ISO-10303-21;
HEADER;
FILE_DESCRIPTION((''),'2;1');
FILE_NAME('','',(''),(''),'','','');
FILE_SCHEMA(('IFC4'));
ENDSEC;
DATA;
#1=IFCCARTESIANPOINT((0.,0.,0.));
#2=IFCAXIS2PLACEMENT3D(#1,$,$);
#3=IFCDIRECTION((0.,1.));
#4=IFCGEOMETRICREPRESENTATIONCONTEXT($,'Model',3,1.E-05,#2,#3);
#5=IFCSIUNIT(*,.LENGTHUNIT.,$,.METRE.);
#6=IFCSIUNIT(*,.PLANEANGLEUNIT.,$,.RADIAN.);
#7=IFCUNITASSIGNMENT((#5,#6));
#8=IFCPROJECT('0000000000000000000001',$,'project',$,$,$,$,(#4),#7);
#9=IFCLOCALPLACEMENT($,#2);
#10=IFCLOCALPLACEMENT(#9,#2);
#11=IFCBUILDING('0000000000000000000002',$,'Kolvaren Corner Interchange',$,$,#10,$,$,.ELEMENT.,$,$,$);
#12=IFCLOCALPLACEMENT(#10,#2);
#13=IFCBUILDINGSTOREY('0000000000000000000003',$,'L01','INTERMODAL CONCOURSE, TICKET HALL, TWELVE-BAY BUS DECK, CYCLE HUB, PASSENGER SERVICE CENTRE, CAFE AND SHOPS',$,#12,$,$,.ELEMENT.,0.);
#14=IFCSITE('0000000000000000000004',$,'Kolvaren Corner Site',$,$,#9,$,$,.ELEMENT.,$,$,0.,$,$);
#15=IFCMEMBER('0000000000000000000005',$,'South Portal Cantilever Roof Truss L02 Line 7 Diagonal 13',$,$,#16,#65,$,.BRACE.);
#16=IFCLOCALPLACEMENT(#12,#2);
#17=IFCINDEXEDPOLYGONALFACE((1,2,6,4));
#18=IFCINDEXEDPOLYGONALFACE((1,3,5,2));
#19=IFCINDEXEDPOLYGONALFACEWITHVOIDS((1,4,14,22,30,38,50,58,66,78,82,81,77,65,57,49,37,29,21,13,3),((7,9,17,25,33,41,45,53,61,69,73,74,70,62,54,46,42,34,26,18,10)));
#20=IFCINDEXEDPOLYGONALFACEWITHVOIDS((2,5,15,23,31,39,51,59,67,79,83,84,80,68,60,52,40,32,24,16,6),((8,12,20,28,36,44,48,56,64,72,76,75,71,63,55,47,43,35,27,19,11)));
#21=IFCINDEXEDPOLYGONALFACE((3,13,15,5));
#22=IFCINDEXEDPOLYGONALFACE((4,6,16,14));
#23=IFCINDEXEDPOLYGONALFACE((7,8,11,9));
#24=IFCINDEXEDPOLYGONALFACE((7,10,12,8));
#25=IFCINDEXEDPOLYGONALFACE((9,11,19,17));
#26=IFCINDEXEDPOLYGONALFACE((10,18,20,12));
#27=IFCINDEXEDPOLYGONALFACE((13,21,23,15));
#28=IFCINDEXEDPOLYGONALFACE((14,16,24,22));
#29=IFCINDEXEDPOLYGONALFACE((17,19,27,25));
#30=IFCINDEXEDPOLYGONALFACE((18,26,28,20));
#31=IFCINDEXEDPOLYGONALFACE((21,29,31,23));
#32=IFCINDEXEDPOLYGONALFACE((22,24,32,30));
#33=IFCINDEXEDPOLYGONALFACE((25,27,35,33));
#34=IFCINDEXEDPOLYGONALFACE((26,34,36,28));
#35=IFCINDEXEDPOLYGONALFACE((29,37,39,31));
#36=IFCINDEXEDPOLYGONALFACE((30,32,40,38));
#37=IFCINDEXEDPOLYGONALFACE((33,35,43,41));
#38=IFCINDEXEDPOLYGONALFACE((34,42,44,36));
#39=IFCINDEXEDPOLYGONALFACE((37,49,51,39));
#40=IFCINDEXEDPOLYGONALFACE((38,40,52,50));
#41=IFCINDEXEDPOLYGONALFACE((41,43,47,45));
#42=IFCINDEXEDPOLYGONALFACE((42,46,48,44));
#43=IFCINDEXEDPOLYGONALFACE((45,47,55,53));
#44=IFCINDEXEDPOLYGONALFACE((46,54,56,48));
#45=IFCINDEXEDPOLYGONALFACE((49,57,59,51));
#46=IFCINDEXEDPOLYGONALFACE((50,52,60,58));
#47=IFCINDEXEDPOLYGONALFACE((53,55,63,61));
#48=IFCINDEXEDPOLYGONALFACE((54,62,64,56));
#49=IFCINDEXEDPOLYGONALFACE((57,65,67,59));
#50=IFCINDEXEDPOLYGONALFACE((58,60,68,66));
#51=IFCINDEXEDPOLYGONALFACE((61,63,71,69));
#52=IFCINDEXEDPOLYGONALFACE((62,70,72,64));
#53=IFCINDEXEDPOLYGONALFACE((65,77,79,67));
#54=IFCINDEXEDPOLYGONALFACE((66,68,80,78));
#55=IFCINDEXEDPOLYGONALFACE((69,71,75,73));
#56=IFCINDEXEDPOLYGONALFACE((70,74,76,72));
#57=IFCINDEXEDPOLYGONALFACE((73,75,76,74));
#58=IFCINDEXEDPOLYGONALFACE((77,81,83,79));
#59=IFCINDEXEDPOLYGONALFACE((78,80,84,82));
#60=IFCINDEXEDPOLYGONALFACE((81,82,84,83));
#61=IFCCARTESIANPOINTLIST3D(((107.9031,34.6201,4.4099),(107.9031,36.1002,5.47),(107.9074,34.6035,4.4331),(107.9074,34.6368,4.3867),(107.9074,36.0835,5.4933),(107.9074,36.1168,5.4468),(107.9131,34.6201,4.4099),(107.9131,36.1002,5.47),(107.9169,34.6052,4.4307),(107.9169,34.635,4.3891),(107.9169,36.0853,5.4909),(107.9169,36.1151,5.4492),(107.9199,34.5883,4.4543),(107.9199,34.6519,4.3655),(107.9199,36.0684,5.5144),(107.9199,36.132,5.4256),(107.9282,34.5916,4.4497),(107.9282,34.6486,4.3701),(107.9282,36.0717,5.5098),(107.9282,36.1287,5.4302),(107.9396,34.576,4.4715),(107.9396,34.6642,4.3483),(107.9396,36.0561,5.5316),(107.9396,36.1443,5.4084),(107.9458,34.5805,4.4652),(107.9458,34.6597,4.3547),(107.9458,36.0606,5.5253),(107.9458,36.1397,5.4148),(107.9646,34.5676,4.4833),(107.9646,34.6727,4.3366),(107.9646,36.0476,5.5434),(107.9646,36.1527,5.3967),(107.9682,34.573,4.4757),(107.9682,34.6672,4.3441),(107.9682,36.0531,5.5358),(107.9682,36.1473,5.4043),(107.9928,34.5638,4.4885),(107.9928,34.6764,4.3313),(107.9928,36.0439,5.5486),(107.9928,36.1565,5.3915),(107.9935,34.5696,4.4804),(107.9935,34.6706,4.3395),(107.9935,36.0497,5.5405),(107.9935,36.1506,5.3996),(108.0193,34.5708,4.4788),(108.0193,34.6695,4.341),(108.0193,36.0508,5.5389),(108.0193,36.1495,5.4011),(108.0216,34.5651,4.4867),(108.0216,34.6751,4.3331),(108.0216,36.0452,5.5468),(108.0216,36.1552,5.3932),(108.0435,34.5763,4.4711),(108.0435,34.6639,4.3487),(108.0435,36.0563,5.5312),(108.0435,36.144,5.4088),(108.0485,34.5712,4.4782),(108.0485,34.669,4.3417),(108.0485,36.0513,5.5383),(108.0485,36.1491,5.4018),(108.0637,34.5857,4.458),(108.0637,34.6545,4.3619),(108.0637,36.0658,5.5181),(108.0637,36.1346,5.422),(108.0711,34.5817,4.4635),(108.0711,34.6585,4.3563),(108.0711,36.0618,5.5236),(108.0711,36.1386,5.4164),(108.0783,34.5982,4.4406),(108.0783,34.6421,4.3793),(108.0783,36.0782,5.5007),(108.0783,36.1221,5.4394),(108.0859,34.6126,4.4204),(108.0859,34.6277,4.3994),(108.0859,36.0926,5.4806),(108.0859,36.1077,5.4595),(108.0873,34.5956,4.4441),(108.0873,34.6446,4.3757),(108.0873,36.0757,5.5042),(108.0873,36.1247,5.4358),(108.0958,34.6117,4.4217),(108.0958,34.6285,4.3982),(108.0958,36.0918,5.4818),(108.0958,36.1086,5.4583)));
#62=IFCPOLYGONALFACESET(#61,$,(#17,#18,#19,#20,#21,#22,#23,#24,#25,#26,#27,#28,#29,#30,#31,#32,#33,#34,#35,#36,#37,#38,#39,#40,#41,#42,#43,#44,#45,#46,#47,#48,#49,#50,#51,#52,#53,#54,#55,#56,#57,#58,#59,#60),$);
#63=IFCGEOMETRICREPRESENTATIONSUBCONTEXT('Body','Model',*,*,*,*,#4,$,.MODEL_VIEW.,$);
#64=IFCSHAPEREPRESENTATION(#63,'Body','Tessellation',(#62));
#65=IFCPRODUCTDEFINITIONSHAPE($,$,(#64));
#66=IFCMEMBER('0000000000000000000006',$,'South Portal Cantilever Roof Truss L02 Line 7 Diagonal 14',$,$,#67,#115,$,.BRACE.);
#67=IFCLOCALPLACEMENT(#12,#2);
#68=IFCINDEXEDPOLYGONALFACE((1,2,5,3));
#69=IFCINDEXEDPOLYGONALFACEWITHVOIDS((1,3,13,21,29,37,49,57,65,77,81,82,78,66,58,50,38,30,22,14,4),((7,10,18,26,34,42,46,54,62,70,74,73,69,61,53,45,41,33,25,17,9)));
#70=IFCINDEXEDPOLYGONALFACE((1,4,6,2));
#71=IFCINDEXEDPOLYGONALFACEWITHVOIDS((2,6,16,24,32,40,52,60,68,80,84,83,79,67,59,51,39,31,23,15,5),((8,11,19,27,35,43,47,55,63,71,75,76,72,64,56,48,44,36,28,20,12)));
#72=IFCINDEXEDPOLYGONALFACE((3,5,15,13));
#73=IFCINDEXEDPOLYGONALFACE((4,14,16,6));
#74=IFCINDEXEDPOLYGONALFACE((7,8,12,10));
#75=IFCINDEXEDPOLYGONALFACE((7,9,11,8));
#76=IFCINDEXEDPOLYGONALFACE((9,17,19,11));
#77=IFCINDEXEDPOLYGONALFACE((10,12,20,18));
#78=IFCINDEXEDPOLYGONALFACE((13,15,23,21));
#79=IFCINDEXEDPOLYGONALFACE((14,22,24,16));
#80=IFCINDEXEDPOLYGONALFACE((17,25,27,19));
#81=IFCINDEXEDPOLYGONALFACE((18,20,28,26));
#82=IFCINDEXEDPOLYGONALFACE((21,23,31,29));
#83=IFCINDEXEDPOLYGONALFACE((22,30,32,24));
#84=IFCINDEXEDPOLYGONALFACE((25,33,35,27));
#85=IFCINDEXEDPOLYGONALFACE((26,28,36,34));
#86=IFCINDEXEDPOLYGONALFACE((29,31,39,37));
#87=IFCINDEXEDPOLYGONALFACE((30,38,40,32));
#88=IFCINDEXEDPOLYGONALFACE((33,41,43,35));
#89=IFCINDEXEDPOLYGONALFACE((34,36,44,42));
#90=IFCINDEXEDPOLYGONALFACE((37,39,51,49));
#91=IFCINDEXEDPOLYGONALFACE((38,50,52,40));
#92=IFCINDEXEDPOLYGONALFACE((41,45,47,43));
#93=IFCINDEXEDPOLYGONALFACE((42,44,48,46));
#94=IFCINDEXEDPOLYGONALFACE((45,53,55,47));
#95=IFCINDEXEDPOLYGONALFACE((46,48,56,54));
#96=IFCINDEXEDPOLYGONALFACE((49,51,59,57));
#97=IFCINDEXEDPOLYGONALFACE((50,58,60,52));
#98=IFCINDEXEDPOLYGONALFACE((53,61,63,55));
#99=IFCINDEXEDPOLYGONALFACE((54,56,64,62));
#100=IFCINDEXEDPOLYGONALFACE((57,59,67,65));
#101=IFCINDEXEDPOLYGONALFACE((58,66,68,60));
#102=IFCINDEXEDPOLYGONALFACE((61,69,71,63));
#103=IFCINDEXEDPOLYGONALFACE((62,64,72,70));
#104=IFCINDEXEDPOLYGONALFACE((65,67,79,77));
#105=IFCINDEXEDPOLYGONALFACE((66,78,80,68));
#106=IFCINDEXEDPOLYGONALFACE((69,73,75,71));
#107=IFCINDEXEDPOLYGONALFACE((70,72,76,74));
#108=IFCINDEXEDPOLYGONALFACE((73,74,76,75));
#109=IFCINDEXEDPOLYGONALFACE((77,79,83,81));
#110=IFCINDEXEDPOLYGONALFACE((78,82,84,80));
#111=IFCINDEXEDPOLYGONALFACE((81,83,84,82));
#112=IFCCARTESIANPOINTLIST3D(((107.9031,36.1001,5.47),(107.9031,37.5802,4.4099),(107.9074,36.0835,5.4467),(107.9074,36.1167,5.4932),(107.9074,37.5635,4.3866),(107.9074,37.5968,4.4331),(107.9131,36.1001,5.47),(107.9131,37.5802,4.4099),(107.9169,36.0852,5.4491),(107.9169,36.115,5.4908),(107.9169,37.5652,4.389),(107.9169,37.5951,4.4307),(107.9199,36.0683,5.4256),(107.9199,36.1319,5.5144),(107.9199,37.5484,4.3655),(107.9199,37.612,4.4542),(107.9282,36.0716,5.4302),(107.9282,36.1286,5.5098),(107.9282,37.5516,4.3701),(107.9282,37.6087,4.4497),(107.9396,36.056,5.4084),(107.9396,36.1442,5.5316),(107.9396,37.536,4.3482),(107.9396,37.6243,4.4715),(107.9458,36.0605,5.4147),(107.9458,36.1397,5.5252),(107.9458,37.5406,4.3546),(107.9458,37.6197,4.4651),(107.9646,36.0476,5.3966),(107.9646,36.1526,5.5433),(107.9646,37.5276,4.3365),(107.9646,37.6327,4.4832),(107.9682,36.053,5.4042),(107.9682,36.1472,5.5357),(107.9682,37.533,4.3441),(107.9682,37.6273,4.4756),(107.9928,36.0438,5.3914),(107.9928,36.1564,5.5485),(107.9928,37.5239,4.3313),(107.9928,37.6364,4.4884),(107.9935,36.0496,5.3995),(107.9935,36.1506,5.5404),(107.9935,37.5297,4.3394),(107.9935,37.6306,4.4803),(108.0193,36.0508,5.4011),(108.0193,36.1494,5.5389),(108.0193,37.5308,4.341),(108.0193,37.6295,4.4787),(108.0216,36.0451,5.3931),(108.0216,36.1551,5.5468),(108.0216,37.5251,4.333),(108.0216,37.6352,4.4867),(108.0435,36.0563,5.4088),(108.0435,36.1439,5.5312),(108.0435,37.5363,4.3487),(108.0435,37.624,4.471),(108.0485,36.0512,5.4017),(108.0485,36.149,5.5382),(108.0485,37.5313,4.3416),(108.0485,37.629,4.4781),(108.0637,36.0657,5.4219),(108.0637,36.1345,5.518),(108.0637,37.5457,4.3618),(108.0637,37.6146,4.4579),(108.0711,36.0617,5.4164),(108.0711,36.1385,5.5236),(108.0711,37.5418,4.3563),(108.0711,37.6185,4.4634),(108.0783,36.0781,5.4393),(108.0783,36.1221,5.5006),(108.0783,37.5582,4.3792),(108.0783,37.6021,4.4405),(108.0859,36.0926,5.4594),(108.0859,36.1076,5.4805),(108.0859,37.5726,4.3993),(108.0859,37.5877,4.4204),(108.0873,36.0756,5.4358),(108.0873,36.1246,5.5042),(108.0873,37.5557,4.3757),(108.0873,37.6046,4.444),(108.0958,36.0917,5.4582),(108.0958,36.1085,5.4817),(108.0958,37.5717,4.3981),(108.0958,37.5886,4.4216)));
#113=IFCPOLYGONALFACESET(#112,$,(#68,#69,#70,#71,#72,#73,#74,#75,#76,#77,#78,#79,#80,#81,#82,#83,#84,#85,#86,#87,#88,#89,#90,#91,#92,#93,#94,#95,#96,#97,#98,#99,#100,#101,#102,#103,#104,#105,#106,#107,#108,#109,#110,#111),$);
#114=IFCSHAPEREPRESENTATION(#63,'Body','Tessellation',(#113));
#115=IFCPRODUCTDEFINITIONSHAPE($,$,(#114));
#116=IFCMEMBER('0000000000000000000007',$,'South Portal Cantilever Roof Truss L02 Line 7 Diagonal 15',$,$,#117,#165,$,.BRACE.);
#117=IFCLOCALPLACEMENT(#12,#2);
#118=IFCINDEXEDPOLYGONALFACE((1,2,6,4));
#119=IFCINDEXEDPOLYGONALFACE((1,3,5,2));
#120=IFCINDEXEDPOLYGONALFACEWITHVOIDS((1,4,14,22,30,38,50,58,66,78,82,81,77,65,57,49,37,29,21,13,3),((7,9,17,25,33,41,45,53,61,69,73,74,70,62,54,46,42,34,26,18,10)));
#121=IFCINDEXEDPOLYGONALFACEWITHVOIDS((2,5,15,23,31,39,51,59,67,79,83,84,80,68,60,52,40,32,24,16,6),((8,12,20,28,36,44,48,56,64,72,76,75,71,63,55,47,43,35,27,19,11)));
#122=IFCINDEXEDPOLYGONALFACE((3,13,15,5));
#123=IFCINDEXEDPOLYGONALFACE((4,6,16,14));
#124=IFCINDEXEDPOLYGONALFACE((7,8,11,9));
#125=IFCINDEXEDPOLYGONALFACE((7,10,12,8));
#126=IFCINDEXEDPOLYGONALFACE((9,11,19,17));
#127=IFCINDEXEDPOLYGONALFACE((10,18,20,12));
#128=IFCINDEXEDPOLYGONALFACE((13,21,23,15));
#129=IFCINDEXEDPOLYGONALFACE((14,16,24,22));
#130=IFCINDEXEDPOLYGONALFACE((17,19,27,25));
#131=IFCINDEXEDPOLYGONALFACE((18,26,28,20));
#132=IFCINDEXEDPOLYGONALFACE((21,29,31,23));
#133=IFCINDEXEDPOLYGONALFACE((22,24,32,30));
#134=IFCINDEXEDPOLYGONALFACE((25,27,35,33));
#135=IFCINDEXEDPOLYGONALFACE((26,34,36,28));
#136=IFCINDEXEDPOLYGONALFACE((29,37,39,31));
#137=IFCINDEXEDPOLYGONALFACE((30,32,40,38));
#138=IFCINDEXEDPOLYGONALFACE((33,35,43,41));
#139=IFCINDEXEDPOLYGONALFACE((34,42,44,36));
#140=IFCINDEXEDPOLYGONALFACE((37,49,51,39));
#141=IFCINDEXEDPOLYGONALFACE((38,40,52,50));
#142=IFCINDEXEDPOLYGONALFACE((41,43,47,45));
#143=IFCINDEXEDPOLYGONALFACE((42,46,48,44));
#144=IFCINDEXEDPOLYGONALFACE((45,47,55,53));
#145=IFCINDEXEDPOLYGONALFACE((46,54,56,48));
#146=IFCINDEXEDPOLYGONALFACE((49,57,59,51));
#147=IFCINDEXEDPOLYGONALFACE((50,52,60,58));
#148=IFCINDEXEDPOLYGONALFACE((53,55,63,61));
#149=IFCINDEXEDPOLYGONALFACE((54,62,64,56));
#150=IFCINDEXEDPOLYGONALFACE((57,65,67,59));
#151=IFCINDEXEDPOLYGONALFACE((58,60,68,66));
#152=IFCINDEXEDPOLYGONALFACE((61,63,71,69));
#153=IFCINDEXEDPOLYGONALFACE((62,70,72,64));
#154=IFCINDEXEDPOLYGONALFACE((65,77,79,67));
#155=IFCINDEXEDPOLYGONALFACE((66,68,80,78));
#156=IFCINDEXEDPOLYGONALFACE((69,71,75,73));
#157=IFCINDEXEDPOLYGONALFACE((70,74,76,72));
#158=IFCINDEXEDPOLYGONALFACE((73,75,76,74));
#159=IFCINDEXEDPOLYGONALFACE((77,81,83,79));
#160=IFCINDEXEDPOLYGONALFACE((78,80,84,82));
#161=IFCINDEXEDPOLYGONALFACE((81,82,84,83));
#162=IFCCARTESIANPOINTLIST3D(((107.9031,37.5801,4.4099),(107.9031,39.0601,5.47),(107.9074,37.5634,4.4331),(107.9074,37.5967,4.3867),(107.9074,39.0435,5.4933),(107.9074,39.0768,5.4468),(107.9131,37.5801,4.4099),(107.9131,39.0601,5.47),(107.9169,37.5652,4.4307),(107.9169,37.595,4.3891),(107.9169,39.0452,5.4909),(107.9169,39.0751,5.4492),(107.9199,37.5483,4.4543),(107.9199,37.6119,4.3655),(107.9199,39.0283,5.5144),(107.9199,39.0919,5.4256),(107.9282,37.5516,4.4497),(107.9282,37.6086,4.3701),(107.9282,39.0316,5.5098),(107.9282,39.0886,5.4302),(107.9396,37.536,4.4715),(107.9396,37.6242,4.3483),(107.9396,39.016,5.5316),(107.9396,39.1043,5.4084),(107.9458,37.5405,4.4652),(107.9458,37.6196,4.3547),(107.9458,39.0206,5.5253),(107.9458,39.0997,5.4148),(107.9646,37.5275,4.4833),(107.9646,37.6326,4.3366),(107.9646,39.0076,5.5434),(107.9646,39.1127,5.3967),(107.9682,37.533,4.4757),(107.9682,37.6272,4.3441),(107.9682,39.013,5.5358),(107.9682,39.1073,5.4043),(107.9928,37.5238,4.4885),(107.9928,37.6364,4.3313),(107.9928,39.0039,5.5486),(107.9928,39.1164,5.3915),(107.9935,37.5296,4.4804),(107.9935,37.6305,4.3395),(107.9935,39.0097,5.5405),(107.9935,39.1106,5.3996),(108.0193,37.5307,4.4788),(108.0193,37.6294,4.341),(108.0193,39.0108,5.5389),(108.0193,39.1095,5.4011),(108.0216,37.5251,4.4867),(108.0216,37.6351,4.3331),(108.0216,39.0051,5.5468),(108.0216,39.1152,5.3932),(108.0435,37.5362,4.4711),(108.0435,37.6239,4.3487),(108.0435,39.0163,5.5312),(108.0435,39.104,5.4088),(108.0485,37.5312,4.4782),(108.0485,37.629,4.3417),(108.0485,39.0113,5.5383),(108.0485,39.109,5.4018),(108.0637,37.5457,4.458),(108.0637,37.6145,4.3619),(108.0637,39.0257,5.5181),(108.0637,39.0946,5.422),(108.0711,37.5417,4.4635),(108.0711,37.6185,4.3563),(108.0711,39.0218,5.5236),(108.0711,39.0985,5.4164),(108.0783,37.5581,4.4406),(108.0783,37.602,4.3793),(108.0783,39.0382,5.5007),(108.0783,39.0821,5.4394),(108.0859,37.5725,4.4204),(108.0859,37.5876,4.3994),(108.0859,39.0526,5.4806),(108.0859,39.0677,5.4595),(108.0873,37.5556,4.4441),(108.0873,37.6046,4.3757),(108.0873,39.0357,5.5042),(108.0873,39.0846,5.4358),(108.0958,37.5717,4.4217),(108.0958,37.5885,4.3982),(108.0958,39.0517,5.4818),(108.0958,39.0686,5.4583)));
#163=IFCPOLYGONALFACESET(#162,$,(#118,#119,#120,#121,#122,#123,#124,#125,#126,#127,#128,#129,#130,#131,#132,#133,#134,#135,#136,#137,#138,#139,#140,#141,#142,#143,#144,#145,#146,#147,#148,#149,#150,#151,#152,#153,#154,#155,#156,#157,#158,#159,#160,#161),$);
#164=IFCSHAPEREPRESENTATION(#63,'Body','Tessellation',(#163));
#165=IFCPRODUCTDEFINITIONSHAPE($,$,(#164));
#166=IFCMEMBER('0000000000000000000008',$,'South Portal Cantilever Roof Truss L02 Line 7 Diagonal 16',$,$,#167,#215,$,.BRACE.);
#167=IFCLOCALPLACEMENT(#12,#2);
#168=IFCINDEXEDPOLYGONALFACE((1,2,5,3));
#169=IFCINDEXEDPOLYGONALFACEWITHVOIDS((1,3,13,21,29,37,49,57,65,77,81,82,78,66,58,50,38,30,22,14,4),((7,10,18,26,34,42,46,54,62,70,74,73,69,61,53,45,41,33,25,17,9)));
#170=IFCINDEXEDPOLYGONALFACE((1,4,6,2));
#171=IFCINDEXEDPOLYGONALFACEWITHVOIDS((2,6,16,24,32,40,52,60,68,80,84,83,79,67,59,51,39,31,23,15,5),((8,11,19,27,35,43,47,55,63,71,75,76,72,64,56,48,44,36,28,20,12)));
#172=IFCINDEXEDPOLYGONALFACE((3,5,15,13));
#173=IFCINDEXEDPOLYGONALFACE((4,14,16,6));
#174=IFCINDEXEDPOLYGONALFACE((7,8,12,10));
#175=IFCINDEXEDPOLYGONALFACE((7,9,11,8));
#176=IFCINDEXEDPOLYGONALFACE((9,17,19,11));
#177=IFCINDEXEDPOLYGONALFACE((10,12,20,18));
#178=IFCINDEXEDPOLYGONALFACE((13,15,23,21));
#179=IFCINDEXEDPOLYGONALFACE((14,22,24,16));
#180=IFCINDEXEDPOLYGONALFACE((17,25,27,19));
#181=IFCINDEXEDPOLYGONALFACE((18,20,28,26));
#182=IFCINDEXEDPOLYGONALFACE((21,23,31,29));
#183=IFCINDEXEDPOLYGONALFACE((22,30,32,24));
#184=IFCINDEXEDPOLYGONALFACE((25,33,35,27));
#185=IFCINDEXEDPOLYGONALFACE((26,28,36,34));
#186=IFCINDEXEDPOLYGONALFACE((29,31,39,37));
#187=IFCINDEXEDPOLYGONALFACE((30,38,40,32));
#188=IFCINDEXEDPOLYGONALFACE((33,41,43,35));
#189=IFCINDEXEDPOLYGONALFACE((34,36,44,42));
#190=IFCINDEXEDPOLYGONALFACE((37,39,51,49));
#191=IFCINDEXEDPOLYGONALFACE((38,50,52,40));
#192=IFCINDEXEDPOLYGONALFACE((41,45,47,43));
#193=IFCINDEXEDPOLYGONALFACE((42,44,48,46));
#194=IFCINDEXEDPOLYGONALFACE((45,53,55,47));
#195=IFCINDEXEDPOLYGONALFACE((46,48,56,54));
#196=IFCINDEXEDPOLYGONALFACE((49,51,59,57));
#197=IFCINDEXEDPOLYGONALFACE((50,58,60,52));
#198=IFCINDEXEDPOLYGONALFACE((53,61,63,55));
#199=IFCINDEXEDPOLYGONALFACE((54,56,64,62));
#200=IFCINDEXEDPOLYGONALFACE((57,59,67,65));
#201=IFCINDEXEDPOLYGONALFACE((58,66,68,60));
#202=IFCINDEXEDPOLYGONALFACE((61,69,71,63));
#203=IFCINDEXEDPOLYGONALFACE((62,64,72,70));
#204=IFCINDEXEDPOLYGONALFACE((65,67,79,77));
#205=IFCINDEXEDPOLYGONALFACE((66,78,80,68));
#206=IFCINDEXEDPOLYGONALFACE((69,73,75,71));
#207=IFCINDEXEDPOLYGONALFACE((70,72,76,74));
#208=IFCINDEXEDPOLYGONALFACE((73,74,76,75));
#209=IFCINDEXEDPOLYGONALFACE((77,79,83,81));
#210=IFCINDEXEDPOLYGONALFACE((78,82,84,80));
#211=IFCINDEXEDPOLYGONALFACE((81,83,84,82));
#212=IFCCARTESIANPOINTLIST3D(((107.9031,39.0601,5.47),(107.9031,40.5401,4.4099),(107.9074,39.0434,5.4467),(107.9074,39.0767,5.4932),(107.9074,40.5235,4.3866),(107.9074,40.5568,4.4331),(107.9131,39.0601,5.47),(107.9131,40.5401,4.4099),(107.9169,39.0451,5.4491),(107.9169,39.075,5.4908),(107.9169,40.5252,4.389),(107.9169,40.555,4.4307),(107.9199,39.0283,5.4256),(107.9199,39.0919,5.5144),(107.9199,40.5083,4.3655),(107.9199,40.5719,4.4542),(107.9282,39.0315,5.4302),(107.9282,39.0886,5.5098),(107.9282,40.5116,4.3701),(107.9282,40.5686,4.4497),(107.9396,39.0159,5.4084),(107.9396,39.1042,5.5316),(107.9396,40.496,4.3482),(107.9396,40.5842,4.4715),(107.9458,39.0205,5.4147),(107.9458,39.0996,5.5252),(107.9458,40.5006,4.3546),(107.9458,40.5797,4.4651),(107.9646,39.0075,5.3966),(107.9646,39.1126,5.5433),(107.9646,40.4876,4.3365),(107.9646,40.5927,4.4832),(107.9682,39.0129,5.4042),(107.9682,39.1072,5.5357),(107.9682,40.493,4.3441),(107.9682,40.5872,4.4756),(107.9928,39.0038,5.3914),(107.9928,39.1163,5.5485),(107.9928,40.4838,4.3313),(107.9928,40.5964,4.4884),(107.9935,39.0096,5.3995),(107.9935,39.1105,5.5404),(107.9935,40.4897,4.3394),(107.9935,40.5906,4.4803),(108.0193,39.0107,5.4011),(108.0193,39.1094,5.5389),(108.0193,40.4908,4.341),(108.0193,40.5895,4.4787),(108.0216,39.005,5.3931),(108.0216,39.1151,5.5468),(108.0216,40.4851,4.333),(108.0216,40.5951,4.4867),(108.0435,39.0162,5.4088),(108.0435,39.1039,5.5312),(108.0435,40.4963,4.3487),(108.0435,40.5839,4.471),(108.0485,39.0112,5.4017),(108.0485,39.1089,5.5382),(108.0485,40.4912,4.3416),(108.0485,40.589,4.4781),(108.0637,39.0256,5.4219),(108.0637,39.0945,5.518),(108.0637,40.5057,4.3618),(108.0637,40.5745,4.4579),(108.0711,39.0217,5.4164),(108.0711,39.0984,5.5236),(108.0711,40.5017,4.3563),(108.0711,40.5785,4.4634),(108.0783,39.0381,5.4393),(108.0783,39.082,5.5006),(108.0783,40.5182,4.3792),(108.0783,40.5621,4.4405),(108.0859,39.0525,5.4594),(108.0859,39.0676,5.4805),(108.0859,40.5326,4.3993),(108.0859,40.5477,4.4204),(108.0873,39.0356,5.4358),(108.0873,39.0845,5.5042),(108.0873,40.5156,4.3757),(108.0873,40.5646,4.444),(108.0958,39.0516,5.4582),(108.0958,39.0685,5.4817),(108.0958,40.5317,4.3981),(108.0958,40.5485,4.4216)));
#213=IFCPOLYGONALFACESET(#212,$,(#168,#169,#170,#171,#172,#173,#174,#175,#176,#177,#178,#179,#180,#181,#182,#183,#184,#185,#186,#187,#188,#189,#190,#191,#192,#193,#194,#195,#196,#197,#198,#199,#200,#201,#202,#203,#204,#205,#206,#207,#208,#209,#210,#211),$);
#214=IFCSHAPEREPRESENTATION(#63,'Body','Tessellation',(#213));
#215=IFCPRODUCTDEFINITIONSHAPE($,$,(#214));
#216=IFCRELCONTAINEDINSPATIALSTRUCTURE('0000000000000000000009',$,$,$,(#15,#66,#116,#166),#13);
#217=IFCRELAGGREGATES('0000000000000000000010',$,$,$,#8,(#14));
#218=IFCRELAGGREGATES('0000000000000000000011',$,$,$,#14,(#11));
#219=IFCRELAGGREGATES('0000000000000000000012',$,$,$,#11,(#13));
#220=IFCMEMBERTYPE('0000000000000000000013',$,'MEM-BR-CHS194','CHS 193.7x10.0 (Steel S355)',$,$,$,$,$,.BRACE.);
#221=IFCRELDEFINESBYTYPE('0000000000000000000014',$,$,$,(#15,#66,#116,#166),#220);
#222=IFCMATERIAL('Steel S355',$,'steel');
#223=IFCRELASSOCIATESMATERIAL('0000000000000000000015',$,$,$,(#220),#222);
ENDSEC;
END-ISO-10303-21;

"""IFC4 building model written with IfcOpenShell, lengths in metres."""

from ifc_helpers import new_model, si_unit, direction, frame, origin, origin_2d, place, context, subcontext, project, spatial, hollow_circle, extrude, material, material_profile, profile_set, type_object, element, save


model = new_model("IFC4")

# Units and contexts
model_context = context("Model", 3, precision=1e-05, world=origin(), true_north=direction((0.0, 1.0)))
body_context = subcontext(model_context, "Body", "Model", "MODEL_VIEW")
ifc_project = project(units=[si_unit("LENGTHUNIT", "METRE"), si_unit("PLANEANGLEUNIT", "RADIAN")], contexts=[model_context])

# Site, building, storey
site_placement = place(None, origin())
site = spatial("IfcSite", under=ifc_project, at=site_placement, Name="Kolvaren Corner Site", CompositionType="ELEMENT", RefElevation=0.0)
building_placement = place(site_placement, origin())
building = spatial("IfcBuilding", under=site, at=building_placement, Name="Kolvaren Corner Interchange", CompositionType="ELEMENT")
storey_placement = place(building_placement, origin())
storey = spatial("IfcBuildingStorey", under=building, at=storey_placement, Name="L01", Description="INTERMODAL CONCOURSE, TICKET HALL, TWELVE-BAY BUS DECK, CYCLE HUB, PASSENGER SERVICE CENTRE, CAFE AND SHOPS", CompositionType="ELEMENT", Elevation=0.0)

# Members
ifc_material_1 = material(Name="Steel S355", Category="steel")
ifc_material_profile_1 = material_profile(ifc_material_1, hollow_circle(Radius=0.0969, WallThickness=0.01, at=origin_2d()), Name="CHS 193.7x10.0")
ifc_profile_set_1 = profile_set([ifc_material_profile_1], Name="Steel S355")
member_type_1 = type_object("IfcMemberType", Name="MEM-BR-CHS194", Description="CHS 193.7x10.0 (Steel S355)", PredefinedType="BRACE", material=ifc_profile_set_1)
for number, where, z_axis, x_axis, name in (
    (1, (108.0, 34.6201, 4.4099), (0.0, 0.812972, 0.582303), (-1.0, 0.0, 0.0), "South Portal Cantilever Roof Truss L02 Line 7 Diagonal 13"),
    (2, (108.0, 36.1001, 5.47), (0.0, 0.812972, -0.582303), (-1.0, 0.0, 0.0), "South Portal Cantilever Roof Truss L02 Line 7 Diagonal 14"),
    (3, (108.0, 37.5801, 4.4099), (0.0, 0.812972, 0.582303), (-1.0, 0.0, 0.0), "South Portal Cantilever Roof Truss L02 Line 7 Diagonal 15"),
    (4, (108.0, 39.0601, 5.47), (0.0, 0.812972, -0.582303), (-1.0, 0.0, 0.0), "South Portal Cantilever Roof Truss L02 Line 7 Diagonal 16"),
):
    element("IfcMember", number, at=place(storey_placement, frame(where, z_axis=z_axis, x_axis=x_axis)), inside=storey, type_object=member_type_1, Name=name, PredefinedType="BRACE", context=body_context, shape_type="SweptSolid", body=[
        extrude(hollow_circle(Radius=0.0969, WallThickness=0.01, at=origin_2d()), origin(), (0.0, 0.0, 1.0), 1.8206),
    ])

save(model, "model.ifc")
